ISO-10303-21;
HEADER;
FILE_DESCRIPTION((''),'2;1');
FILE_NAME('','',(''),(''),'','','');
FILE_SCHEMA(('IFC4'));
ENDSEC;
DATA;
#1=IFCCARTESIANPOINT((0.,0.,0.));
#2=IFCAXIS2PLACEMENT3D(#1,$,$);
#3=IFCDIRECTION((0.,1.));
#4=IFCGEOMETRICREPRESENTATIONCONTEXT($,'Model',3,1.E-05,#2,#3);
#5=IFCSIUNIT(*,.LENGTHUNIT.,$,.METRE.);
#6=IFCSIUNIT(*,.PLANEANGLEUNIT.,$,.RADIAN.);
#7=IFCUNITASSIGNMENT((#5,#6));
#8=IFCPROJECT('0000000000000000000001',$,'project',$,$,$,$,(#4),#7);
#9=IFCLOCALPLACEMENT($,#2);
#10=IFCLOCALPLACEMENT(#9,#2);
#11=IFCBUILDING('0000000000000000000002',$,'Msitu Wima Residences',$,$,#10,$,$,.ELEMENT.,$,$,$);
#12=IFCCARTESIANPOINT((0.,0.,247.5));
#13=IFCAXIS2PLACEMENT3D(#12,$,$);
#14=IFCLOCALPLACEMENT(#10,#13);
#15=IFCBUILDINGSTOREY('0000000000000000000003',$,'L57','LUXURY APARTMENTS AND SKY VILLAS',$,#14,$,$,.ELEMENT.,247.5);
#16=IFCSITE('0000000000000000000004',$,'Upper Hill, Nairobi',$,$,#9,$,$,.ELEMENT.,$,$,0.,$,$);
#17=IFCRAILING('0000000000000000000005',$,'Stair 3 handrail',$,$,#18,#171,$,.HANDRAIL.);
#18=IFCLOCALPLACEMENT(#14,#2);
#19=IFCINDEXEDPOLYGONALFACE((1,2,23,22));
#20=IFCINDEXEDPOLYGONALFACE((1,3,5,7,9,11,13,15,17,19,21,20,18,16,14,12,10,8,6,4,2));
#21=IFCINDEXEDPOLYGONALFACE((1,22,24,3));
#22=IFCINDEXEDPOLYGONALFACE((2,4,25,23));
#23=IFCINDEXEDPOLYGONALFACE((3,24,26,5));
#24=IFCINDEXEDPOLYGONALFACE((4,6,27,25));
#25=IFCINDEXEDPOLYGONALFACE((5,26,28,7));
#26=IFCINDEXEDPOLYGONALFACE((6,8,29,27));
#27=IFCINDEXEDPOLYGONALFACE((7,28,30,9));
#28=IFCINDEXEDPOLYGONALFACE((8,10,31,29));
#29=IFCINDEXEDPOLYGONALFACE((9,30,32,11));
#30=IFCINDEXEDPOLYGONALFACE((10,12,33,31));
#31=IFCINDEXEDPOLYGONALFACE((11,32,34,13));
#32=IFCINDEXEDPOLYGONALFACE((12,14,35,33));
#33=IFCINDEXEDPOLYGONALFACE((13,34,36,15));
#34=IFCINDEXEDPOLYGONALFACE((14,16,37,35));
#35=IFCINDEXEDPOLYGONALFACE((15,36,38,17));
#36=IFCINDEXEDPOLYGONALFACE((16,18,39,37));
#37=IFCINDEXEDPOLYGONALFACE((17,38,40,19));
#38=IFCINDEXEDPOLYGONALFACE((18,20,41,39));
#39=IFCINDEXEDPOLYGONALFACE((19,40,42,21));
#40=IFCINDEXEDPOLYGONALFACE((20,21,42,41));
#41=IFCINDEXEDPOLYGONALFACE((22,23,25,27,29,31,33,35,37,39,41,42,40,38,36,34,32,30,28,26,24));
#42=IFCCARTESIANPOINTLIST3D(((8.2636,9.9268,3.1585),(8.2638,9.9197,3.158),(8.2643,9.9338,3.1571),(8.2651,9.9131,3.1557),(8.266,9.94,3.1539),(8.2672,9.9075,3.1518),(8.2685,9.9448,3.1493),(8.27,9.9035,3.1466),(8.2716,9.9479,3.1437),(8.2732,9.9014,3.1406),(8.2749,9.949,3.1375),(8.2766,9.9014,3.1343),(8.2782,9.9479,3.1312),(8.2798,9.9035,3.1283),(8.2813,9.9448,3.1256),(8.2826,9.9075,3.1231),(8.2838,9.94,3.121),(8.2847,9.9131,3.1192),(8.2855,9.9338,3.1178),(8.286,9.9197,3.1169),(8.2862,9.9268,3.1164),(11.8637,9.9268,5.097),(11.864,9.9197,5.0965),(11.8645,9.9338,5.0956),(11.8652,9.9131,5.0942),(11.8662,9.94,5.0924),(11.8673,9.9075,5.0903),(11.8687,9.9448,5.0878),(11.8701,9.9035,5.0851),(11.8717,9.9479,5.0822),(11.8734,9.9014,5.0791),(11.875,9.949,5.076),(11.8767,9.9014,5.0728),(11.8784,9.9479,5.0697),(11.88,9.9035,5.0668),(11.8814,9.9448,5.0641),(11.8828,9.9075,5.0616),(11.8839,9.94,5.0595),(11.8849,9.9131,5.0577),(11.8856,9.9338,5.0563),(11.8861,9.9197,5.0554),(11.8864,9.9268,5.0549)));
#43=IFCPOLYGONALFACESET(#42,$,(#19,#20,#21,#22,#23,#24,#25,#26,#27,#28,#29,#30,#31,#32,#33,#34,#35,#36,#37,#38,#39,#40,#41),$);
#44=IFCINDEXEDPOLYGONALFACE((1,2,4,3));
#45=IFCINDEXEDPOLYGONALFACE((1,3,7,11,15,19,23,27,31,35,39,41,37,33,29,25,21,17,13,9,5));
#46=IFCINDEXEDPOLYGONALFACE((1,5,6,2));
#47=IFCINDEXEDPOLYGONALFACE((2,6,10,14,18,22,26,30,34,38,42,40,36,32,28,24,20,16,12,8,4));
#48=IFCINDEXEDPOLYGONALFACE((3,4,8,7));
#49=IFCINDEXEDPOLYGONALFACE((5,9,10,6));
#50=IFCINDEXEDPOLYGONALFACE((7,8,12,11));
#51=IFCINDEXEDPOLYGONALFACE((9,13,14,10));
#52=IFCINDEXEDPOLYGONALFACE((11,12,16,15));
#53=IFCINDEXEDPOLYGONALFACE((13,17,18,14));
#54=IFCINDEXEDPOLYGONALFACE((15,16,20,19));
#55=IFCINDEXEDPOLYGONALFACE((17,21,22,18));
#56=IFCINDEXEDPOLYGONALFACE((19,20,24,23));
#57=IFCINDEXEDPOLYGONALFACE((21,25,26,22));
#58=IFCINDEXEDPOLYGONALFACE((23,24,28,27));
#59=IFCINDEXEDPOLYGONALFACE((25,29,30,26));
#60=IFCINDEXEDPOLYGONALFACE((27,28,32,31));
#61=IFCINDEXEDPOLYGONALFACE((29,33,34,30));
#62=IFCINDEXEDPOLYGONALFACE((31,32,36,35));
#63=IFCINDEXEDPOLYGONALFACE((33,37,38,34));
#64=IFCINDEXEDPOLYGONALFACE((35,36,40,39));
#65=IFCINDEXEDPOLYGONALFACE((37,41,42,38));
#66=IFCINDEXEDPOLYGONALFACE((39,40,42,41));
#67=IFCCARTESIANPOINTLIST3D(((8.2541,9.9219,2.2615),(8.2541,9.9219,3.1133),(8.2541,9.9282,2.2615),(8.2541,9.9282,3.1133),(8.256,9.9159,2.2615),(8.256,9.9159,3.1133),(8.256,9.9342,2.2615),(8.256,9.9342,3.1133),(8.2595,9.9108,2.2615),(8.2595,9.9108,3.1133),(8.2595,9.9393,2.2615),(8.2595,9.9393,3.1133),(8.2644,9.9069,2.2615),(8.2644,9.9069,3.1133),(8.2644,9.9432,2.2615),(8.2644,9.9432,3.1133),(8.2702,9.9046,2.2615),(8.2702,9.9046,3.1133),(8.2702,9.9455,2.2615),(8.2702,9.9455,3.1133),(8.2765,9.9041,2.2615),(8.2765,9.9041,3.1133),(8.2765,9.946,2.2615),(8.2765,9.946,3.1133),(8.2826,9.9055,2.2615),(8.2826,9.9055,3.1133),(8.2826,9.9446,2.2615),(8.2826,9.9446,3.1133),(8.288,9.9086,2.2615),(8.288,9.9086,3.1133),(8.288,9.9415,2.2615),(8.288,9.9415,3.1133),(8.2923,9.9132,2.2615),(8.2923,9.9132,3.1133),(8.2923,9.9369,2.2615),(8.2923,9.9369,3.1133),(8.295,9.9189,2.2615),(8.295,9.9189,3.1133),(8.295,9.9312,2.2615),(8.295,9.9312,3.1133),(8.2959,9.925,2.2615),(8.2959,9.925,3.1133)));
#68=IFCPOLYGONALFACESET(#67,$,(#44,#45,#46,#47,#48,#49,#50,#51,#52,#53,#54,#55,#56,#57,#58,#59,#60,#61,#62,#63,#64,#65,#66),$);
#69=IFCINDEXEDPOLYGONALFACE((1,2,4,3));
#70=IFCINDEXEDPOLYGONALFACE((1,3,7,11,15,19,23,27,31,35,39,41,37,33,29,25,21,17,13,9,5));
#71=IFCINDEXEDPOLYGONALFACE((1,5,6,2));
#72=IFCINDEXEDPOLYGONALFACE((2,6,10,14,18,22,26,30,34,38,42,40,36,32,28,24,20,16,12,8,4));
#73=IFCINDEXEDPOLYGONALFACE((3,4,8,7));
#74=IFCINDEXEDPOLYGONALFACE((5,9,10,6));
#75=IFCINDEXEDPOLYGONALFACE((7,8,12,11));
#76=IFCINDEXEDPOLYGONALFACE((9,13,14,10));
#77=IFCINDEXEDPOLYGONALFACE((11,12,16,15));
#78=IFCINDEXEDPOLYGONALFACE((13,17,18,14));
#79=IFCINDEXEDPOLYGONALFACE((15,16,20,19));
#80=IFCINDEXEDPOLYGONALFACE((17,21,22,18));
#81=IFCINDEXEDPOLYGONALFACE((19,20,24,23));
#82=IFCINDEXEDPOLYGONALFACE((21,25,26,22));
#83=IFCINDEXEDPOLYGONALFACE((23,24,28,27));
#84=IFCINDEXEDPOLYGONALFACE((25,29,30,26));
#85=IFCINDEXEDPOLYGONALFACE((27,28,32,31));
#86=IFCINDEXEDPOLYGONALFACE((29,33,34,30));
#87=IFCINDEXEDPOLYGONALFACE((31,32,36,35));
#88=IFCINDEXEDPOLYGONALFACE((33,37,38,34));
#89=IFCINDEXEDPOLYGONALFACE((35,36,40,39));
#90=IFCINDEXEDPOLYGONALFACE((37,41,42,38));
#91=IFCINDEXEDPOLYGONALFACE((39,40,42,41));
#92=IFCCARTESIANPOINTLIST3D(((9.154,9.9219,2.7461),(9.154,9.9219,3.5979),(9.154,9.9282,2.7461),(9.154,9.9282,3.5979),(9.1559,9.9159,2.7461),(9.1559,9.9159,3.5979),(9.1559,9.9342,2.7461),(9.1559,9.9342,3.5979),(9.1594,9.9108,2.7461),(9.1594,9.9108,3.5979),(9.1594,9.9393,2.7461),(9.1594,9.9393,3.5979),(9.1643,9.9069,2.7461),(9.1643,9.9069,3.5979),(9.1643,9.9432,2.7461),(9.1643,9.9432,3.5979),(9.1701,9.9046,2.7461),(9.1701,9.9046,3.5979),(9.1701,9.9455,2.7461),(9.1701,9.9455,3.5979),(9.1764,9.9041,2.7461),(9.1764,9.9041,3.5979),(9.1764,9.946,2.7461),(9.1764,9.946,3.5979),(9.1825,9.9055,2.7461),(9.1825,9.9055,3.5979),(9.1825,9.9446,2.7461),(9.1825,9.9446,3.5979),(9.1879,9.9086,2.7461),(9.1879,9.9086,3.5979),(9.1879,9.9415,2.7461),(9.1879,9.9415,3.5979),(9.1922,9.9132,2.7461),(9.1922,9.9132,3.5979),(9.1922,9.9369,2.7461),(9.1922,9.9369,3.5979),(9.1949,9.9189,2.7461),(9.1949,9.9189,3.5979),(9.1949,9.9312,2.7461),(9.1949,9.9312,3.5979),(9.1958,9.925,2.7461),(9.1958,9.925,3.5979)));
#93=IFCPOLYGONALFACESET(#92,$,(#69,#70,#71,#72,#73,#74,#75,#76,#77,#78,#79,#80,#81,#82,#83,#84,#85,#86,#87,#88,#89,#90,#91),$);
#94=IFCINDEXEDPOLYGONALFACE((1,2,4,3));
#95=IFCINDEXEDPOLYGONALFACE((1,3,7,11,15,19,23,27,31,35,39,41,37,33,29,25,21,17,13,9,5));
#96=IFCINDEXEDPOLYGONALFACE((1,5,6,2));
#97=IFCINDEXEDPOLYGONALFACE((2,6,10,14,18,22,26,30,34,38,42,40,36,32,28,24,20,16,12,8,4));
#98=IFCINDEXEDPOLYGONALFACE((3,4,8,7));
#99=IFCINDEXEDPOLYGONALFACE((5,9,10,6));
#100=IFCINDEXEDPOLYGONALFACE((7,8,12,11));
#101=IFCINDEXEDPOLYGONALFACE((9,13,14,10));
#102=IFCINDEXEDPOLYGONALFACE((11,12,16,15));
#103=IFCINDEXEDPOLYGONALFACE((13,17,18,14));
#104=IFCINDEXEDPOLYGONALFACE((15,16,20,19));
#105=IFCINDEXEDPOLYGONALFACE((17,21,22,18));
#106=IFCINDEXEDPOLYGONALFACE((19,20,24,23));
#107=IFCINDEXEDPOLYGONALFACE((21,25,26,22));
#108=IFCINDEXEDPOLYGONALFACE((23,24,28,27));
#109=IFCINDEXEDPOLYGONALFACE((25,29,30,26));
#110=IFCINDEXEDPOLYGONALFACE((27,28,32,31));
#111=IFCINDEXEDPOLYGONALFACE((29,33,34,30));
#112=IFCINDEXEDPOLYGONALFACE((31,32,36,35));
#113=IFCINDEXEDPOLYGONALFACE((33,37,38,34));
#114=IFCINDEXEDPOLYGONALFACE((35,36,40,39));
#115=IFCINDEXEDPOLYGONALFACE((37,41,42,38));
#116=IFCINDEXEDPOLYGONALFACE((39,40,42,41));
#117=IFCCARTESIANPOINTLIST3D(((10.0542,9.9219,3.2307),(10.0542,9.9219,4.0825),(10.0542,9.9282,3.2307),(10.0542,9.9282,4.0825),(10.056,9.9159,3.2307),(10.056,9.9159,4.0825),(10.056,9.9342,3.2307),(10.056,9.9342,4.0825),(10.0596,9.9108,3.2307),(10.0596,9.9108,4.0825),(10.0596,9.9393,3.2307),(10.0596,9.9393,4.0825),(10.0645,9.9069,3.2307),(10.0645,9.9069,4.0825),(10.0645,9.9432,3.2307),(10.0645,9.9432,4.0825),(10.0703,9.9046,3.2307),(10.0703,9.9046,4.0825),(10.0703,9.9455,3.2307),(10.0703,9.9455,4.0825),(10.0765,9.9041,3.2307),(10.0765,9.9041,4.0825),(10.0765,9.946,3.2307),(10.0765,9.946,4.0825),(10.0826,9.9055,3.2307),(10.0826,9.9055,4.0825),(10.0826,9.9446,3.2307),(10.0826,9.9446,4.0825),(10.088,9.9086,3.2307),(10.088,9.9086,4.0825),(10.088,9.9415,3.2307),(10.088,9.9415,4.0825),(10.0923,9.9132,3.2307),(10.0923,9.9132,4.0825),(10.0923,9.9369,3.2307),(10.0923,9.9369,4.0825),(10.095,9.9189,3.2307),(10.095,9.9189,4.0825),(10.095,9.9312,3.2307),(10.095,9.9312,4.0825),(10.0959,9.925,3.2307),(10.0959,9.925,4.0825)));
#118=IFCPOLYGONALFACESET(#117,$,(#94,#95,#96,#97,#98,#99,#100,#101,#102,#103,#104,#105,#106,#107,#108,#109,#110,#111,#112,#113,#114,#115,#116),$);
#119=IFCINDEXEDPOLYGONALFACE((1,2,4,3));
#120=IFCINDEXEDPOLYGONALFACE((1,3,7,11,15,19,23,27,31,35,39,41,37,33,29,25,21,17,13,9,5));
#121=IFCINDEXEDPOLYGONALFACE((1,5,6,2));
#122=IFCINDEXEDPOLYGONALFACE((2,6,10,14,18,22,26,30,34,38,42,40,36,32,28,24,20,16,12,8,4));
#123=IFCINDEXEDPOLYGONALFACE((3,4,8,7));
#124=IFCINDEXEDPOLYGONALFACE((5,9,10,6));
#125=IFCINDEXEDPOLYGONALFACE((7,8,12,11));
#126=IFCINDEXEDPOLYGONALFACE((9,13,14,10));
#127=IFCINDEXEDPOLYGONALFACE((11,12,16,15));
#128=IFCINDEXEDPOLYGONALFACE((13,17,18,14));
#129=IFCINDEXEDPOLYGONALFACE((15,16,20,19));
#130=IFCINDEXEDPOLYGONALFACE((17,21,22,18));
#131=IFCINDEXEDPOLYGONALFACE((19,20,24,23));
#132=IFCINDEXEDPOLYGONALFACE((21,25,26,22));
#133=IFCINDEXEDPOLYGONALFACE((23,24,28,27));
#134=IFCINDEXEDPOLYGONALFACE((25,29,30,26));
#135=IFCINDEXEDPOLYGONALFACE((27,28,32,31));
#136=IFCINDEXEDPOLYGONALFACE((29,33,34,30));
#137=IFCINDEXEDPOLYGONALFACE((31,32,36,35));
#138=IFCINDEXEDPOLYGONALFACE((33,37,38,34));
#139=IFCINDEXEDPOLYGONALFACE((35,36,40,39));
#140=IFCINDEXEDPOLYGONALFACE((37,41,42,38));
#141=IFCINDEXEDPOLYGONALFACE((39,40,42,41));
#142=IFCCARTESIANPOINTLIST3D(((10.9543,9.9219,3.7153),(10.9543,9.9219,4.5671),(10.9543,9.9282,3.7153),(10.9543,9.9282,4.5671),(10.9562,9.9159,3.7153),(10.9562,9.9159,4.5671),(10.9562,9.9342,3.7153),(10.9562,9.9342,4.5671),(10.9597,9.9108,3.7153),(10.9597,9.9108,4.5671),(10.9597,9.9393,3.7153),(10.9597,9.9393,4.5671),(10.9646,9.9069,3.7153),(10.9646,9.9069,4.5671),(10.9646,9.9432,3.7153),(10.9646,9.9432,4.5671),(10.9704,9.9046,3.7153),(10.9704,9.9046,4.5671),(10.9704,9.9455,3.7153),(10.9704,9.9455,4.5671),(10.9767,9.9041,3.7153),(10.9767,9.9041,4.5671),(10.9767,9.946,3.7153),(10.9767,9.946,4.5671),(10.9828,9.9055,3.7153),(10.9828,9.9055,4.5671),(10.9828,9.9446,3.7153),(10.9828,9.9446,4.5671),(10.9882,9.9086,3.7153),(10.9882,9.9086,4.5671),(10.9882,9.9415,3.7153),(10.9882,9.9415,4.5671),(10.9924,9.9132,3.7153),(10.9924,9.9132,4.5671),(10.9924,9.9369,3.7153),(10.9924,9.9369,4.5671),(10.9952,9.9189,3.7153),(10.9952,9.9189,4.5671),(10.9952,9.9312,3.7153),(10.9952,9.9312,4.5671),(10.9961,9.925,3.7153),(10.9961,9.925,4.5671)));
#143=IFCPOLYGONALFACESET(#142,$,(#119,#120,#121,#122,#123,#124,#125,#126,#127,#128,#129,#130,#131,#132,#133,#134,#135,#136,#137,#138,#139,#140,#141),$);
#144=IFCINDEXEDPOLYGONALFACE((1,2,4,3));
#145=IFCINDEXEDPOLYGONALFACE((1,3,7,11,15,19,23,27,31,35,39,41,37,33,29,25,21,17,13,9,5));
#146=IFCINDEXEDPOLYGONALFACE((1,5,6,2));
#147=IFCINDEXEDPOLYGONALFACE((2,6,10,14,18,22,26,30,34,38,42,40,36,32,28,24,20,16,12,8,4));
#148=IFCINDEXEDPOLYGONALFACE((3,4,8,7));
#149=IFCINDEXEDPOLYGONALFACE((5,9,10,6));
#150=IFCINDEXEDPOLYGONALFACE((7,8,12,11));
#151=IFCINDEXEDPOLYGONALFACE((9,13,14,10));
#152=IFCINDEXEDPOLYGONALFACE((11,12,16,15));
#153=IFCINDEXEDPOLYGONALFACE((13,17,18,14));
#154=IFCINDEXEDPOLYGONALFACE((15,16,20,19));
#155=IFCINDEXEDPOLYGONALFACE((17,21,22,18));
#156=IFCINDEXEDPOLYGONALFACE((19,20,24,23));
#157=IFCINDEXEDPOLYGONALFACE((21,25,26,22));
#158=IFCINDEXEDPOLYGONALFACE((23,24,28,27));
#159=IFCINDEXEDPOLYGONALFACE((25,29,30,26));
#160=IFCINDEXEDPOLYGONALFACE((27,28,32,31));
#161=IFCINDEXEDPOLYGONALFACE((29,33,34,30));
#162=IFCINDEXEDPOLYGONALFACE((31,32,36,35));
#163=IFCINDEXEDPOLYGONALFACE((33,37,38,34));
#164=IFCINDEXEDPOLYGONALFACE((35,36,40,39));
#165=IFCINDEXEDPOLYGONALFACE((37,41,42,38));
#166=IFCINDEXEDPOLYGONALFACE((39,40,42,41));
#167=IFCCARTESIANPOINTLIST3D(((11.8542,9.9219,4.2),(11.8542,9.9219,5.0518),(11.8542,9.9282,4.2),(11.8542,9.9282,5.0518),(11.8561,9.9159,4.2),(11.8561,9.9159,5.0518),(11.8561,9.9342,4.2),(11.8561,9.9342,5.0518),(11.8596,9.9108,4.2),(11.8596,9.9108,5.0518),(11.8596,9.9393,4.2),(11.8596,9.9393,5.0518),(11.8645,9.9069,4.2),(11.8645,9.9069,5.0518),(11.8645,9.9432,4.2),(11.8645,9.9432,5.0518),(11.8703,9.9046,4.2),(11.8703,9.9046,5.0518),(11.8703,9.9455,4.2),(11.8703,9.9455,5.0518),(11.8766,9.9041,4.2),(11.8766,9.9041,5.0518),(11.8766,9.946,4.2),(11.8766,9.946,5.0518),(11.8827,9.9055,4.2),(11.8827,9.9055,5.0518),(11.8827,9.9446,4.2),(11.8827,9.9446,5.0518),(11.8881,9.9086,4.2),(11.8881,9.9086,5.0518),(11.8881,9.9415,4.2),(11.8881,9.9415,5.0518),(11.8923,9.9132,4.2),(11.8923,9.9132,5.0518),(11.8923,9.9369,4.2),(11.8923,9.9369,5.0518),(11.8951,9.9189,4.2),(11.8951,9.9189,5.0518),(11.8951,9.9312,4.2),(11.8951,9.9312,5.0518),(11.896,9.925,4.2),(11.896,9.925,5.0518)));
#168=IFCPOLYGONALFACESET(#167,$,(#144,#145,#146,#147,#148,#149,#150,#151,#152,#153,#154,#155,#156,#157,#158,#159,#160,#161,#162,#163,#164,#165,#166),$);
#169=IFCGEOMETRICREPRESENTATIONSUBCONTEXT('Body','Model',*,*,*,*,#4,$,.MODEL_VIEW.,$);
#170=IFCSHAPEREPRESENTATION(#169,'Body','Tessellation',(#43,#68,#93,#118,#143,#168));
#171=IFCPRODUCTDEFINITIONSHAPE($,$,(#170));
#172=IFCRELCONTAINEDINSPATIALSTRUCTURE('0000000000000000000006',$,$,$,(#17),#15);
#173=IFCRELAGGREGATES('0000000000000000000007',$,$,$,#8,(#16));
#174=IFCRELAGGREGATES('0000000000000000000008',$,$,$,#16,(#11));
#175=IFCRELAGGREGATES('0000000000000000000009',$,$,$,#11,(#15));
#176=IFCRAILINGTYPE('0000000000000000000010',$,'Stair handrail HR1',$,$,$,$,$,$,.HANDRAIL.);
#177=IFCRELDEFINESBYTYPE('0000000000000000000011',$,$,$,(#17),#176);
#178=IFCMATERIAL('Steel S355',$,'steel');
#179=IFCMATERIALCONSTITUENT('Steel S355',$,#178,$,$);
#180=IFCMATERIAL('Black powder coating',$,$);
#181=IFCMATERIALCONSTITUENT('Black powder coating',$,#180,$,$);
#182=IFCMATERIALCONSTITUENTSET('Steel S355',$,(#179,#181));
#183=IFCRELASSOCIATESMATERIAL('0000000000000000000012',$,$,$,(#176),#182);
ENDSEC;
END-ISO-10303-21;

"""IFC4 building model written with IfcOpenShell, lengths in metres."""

from ifc_helpers import new_model, si_unit, direction, frame, origin, origin_2d, place, context, subcontext, project, spatial, circle, extrude, material, constituent, constituent_set, type_object, element, save


model = new_model("IFC4")

# Units and contexts
model_context = context("Model", 3, precision=1e-05, world=origin(), true_north=direction((0.0, 1.0)))
body_context = subcontext(model_context, "Body", "Model", "MODEL_VIEW")
ifc_project = project(units=[si_unit("LENGTHUNIT", "METRE"), si_unit("PLANEANGLEUNIT", "RADIAN")], contexts=[model_context])

# Site, building, storey
site_placement = place(None, origin())
site = spatial("IfcSite", under=ifc_project, at=site_placement, Name="Upper Hill, Nairobi", CompositionType="ELEMENT", RefElevation=0.0)
building_placement = place(site_placement, origin())
building = spatial("IfcBuilding", under=site, at=building_placement, Name="Msitu Wima Residences", CompositionType="ELEMENT")
storey_placement = place(building_placement, frame((0.0, 0.0, 247.5)))
storey = spatial("IfcBuildingStorey", under=building, at=storey_placement, Name="L57", Description="LUXURY APARTMENTS AND SKY VILLAS", CompositionType="ELEMENT", Elevation=247.5)

# Railing
ifc_material_1 = material(Name="Steel S355", Category="steel")
ifc_constituent_1 = constituent(ifc_material_1, Name="Steel S355")
ifc_material_2 = material(Name="Black powder coating")
ifc_constituent_2 = constituent(ifc_material_2, Name="Black powder coating")
ifc_constituent_set = constituent_set(constituents=[ifc_constituent_1, ifc_constituent_2], Name="Steel S355")
railing_type = type_object("IfcRailingType", Name="Stair handrail HR1", PredefinedType="HANDRAIL", material=ifc_constituent_set)
for number, where, name in (
    (1, (8.2749, 9.925, 2.2615), "Stair 3 handrail"),
):
    element("IfcRailing", number, at=place(storey_placement, frame(where)), inside=storey, type_object=railing_type, Name=name, PredefinedType="HANDRAIL", context=body_context, shape_type="SweptSolid", body=[
        extrude(circle(Radius=0.0239, at=origin_2d()), frame((0.0, 0.0, 0.876), z_axis=(0.880475, 0.0, 0.474093), x_axis=(0.0, 1.0, 0.0)), (0.0, 0.0, 1.0), 4.0889),
        extrude(circle(Radius=0.021, at=origin_2d()), origin(), (0.0, 0.0, 1.0), 0.8518),
        extrude(circle(Radius=0.021, at=origin_2d()), frame((0.8999, 0.0, 0.4846)), (0.0, 0.0, 1.0), 0.8518),
        extrude(circle(Radius=0.021, at=origin_2d()), frame((1.8, 0.0, 0.9692)), (0.0, 0.0, 1.0), 0.8518),
        extrude(circle(Radius=0.021, at=origin_2d()), frame((2.7002, 0.0, 1.4539)), (0.0, 0.0, 1.0), 0.8518),
        extrude(circle(Radius=0.021, at=origin_2d()), frame((3.6001, 0.0, 1.9385)), (0.0, 0.0, 1.0), 0.8518),
    ])

save(model, "model.ifc")
